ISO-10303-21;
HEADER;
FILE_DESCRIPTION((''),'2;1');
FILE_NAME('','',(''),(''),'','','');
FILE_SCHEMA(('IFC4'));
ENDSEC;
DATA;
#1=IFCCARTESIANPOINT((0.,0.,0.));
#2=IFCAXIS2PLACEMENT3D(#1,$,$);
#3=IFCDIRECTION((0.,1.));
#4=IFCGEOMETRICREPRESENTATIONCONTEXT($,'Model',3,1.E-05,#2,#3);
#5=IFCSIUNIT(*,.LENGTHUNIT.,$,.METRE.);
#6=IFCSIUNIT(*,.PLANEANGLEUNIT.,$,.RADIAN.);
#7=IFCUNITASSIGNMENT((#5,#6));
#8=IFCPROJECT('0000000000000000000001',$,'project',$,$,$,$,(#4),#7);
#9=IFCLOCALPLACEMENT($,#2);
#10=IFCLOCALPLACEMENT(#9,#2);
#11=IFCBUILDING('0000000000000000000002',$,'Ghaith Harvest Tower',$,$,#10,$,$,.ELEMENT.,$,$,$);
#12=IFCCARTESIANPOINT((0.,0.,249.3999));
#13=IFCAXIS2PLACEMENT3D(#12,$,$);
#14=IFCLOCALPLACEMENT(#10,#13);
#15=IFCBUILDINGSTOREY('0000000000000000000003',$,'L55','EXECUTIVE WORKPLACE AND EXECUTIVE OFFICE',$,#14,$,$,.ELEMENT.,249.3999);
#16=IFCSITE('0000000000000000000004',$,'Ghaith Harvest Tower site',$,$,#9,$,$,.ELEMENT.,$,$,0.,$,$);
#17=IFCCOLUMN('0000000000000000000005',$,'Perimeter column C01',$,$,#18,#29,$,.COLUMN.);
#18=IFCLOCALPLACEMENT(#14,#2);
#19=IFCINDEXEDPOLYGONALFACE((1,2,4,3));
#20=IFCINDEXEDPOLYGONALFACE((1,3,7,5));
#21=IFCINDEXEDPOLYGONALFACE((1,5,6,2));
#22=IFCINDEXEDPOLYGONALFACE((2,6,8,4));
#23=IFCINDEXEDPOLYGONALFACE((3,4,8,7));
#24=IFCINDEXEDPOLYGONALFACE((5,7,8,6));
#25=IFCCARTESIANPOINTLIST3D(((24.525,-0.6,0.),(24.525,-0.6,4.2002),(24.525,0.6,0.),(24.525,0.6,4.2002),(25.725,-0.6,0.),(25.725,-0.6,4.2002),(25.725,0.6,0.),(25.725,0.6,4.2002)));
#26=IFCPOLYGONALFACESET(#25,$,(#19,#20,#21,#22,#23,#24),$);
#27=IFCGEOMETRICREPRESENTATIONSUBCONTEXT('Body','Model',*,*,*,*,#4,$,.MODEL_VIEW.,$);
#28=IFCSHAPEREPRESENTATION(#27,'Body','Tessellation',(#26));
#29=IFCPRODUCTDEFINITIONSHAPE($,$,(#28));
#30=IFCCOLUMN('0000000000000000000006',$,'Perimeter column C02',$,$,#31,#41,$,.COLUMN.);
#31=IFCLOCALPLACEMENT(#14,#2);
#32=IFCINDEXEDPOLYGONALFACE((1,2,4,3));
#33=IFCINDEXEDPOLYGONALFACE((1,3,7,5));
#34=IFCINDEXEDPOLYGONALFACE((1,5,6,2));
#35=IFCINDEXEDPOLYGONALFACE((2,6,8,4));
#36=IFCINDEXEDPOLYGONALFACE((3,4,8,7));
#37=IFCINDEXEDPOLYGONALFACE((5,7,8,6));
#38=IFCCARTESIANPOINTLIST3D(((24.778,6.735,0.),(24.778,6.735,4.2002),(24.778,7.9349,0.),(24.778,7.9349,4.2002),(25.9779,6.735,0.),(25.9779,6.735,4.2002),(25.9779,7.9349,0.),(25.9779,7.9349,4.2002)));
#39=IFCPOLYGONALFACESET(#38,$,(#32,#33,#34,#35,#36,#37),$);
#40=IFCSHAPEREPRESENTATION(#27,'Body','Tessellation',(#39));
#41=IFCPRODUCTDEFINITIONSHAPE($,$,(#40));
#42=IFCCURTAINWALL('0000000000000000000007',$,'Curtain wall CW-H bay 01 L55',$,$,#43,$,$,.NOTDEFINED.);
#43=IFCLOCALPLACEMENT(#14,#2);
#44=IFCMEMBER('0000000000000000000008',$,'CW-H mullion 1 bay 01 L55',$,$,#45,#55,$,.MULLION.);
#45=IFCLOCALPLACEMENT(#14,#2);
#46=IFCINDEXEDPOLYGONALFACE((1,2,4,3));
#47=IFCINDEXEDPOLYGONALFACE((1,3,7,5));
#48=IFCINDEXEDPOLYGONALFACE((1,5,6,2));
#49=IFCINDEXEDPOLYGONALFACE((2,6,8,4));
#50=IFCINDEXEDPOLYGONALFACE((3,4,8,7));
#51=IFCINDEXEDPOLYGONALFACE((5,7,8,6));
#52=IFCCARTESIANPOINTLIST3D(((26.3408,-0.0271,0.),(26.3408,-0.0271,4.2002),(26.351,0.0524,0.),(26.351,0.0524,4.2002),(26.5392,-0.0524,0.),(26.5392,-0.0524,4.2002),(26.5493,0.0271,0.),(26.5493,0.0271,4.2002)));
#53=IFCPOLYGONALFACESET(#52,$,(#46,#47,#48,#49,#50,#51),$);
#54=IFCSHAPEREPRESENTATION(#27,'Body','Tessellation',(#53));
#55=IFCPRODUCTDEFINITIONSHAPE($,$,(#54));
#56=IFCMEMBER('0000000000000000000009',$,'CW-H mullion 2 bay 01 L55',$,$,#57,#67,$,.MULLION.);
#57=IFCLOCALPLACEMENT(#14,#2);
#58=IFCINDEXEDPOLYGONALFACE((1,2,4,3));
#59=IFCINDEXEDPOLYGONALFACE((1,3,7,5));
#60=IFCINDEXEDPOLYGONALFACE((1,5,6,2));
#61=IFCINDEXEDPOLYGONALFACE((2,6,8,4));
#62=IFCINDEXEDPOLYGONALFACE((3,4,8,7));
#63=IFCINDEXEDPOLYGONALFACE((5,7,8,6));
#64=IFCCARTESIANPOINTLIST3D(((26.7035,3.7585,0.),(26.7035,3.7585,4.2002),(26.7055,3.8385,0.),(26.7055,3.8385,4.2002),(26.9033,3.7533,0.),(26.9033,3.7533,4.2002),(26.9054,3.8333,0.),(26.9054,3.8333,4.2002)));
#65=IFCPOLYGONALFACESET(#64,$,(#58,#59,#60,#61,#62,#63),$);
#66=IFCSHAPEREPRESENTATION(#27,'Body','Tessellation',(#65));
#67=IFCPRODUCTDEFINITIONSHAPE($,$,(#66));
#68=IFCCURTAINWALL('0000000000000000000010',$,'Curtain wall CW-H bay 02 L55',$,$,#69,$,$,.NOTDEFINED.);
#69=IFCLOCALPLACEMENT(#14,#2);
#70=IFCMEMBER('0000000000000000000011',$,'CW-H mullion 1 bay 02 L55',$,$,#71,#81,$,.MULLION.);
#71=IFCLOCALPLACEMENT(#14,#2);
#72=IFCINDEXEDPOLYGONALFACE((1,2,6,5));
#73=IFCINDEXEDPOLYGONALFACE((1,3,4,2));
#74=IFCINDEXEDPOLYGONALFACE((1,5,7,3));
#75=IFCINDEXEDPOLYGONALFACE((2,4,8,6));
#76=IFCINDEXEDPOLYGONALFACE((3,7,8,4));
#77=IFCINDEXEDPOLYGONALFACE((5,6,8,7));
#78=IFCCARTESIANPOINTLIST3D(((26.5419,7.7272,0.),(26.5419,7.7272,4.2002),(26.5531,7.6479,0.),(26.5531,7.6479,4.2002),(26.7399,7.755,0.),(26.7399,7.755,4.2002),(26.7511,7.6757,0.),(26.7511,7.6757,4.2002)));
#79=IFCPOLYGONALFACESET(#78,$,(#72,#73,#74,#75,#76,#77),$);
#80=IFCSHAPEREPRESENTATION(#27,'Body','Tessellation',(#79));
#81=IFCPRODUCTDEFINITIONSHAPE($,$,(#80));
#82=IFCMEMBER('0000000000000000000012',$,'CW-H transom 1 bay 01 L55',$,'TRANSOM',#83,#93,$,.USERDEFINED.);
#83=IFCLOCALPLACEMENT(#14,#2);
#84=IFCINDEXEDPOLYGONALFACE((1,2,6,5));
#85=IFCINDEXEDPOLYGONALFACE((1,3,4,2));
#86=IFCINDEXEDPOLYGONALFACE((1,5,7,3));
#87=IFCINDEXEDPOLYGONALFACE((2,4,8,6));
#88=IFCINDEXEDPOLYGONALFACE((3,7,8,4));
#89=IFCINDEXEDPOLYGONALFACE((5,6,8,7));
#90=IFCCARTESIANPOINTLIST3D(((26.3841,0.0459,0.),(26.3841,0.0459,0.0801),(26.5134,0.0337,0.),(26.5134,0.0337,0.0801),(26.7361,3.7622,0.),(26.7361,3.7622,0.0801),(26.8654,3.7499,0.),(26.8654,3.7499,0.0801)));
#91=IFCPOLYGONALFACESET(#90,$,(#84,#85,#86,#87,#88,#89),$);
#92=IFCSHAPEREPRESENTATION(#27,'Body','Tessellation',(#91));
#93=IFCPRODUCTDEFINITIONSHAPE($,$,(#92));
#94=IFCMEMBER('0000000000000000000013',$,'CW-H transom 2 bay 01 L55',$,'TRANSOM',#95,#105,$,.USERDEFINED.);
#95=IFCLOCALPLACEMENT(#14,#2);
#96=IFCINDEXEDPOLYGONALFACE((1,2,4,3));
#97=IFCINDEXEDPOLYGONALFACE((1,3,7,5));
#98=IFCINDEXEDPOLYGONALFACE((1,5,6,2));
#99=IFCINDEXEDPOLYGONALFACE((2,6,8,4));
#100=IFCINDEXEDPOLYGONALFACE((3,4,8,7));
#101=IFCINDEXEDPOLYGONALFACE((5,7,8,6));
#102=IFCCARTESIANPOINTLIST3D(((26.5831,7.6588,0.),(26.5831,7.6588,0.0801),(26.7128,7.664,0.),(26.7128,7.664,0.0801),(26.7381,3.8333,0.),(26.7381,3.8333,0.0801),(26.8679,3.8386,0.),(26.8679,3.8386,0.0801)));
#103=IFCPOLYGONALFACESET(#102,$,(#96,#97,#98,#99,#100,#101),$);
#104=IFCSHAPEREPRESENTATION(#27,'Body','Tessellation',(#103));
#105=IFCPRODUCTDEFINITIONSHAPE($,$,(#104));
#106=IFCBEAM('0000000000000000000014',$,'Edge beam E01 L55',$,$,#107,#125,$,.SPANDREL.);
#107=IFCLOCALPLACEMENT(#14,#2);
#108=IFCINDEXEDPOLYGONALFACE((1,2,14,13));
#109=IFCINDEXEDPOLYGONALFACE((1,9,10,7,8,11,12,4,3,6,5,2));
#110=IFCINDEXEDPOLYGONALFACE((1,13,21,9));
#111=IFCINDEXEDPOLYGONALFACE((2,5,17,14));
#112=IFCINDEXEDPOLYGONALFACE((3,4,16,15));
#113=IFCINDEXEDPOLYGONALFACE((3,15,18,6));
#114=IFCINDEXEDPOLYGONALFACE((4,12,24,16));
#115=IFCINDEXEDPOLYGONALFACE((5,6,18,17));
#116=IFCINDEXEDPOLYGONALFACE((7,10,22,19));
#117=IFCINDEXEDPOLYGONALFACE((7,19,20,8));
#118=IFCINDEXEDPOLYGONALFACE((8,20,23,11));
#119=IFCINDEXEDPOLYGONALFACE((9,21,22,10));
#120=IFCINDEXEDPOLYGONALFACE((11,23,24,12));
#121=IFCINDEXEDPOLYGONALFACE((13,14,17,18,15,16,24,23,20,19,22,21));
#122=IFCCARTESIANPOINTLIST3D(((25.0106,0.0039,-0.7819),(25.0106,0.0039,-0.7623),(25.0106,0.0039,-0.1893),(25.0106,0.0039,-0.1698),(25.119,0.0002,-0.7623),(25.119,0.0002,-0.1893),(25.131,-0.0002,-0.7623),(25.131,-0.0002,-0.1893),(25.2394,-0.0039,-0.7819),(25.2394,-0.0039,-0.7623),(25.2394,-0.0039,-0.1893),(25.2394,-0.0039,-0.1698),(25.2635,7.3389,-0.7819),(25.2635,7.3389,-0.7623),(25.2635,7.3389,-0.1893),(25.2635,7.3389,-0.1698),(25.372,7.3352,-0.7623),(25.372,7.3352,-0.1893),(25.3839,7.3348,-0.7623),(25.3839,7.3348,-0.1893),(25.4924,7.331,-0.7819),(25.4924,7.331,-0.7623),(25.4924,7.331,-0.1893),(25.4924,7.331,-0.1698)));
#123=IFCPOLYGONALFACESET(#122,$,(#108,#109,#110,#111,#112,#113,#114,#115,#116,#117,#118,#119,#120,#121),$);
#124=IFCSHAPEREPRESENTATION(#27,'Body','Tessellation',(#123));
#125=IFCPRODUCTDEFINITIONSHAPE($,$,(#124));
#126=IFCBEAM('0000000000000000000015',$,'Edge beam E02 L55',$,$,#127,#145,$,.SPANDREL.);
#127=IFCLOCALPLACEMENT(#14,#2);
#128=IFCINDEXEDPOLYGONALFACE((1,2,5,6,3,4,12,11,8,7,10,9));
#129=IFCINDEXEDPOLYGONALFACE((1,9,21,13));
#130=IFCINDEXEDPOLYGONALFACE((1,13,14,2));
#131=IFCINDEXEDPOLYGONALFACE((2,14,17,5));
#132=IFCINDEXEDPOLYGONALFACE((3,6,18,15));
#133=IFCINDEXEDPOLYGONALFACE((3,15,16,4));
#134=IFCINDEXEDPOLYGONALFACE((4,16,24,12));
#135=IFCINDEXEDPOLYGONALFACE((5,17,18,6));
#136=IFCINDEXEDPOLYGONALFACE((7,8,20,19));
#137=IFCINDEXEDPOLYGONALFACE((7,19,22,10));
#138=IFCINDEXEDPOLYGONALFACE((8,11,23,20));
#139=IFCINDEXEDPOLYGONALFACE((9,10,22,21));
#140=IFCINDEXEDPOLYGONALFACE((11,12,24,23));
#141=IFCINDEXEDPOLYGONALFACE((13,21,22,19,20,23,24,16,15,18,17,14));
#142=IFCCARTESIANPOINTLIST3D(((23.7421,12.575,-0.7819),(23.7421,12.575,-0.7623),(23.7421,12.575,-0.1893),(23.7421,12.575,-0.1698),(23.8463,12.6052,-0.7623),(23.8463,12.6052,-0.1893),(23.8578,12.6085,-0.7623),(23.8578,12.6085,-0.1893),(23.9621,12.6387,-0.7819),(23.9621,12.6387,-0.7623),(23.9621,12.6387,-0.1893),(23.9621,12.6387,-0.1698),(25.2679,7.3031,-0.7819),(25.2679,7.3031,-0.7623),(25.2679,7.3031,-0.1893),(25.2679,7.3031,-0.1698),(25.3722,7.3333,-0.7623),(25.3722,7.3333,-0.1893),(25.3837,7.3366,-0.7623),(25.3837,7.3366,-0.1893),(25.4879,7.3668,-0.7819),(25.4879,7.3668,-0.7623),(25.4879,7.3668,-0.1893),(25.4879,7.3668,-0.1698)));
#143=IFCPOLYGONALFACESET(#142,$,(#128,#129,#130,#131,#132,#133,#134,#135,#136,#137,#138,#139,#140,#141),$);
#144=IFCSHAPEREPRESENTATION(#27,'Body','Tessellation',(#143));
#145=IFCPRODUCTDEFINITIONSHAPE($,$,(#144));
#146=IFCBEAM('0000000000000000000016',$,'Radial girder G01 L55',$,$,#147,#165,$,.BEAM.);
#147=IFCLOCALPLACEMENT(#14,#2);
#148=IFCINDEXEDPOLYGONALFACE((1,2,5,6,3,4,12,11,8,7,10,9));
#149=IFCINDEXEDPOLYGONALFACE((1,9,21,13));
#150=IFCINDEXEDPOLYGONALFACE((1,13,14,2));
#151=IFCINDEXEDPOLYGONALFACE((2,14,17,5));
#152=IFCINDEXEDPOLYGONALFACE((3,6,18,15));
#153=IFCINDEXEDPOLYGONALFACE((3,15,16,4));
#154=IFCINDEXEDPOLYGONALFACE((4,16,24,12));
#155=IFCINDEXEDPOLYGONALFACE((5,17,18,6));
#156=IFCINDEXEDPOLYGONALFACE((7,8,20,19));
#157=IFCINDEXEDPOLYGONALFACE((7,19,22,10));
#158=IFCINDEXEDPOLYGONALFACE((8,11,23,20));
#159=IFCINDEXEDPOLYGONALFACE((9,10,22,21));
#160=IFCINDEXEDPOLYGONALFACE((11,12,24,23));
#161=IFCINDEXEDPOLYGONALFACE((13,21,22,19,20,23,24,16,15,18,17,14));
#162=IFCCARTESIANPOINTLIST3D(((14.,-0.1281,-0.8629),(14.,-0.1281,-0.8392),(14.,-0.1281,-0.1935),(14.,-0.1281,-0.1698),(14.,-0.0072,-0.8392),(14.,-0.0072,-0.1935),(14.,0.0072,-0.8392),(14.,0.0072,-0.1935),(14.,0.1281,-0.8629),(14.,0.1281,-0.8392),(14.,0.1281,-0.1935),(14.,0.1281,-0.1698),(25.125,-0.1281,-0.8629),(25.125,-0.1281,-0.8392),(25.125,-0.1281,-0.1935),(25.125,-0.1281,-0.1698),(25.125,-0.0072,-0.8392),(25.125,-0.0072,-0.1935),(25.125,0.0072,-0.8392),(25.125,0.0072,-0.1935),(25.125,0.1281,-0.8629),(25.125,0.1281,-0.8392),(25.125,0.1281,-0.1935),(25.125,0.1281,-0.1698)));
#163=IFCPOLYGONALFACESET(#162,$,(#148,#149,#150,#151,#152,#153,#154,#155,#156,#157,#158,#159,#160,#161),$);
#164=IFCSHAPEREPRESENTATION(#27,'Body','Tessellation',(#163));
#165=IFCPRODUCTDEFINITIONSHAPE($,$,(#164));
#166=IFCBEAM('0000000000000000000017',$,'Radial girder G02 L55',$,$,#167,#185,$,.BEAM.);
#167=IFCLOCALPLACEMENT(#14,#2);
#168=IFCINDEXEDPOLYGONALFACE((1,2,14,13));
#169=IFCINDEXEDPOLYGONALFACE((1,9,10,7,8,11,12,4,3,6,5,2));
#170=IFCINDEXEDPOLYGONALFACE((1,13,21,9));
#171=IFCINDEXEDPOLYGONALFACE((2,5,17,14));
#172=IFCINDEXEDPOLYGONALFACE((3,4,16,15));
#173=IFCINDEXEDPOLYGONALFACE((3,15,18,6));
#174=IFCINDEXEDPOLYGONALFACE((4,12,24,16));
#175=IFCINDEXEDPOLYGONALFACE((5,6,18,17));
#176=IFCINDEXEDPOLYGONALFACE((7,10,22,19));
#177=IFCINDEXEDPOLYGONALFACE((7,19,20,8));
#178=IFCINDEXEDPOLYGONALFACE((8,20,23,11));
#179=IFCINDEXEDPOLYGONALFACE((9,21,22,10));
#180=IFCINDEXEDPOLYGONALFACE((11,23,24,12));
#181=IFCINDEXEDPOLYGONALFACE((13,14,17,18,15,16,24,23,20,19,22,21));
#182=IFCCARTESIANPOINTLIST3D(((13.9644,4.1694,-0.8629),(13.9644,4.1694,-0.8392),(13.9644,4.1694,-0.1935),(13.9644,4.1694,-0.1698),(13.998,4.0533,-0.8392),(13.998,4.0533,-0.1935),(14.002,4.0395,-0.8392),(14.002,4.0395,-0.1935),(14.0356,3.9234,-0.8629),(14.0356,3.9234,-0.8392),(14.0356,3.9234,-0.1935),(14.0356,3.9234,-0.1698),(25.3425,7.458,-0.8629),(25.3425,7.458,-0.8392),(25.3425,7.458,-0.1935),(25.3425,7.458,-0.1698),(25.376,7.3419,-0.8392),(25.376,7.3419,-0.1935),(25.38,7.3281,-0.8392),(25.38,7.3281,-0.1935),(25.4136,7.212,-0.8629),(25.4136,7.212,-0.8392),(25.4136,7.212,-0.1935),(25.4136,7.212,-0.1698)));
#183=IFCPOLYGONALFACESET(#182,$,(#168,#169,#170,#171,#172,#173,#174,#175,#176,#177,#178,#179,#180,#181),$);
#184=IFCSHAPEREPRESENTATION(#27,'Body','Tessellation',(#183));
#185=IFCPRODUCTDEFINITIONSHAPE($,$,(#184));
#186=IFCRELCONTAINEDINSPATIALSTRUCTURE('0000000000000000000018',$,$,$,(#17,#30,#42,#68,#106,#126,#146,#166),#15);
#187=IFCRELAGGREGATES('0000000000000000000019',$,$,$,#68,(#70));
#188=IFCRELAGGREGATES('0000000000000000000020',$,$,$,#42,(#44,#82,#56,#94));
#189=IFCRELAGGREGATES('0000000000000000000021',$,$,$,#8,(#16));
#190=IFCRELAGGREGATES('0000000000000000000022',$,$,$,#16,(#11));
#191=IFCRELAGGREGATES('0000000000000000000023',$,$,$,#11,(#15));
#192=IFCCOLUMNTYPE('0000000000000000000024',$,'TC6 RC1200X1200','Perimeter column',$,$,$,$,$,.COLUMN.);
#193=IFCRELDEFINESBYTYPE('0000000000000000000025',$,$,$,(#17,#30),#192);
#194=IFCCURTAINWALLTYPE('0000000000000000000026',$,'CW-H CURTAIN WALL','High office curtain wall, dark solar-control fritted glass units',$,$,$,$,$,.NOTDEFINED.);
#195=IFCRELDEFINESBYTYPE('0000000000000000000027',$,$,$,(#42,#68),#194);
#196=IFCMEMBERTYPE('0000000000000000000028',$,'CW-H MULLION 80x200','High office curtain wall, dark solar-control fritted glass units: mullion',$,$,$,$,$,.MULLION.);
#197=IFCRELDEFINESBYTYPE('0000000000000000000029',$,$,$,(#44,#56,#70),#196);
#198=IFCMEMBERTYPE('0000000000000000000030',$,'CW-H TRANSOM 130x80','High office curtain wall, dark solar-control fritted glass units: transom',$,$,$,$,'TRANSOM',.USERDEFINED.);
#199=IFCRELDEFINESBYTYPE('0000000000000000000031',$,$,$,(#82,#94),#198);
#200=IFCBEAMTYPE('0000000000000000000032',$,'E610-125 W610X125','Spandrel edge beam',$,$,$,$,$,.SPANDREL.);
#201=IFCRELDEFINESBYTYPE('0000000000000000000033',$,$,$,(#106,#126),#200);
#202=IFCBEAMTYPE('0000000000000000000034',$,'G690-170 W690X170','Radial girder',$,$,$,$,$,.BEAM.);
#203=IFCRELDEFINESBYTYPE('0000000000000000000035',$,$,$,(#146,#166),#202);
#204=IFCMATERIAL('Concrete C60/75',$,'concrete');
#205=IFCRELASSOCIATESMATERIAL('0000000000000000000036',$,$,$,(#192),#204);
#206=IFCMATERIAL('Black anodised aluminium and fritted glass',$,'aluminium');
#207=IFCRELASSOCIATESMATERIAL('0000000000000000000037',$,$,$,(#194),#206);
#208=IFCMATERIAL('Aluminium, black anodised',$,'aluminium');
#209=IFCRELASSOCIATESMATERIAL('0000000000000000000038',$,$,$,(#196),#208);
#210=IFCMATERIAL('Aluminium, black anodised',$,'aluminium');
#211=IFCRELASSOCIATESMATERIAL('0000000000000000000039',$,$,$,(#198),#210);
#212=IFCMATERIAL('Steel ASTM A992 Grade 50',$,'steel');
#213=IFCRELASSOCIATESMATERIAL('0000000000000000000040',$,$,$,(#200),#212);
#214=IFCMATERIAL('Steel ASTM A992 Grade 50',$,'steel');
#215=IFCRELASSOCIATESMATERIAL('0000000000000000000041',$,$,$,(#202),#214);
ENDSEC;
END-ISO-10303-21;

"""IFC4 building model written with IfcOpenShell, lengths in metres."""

from ifc_helpers import new_model, si_unit, direction, frame, origin, origin_2d, place, context, subcontext, project, spatial, rectangle, i_section, extrude, material, material_profile, profile_set, type_object, element, aggregate, save


model = new_model("IFC4")

# Units and contexts
model_context = context("Model", 3, precision=1e-05, world=origin(), true_north=direction((0.0, 1.0)))
body_context = subcontext(model_context, "Body", "Model", "MODEL_VIEW")
ifc_project = project(units=[si_unit("LENGTHUNIT", "METRE"), si_unit("PLANEANGLEUNIT", "RADIAN")], contexts=[model_context])

# Site, building, storey
site_placement = place(None, origin())
site = spatial("IfcSite", under=ifc_project, at=site_placement, Name="Ghaith Harvest Tower site", CompositionType="ELEMENT", RefElevation=0.0)
building_placement = place(site_placement, origin())
building = spatial("IfcBuilding", under=site, at=building_placement, Name="Ghaith Harvest Tower", CompositionType="ELEMENT")
storey_placement = place(building_placement, frame((0.0, 0.0, 249.3999)))
storey = spatial("IfcBuildingStorey", under=building, at=storey_placement, Name="L55", Description="EXECUTIVE WORKPLACE AND EXECUTIVE OFFICE", CompositionType="ELEMENT", Elevation=249.3999)

# Columns
ifc_material_1 = material(Name="Concrete C60/75", Category="concrete")
ifc_material_profile_1 = material_profile(ifc_material_1, rectangle(XDim=1.2, YDim=1.2, at=origin_2d()), Name="RC1200X1200")
ifc_profile_set_1 = profile_set([ifc_material_profile_1], Name="Concrete C60/75")
column_type = type_object("IfcColumnType", Name="TC6 RC1200X1200", Description="Perimeter column", PredefinedType="COLUMN", material=ifc_profile_set_1)
for number, where, z_axis, x_axis, name in (
    (1, (25.125, 0.0, 0.0), (0.0, 0.0, 1.0), (1.0, 0.0, 0.0), "Perimeter column C01"),
    (2, (25.3779, 7.335, 0.0), (0.0, 0.0, 1.0), (1.0, 0.0, 0.0), "Perimeter column C02"),
):
    element("IfcColumn", number, at=place(storey_placement, frame(where, z_axis=z_axis, x_axis=x_axis)), inside=storey, type_object=column_type, Name=name, PredefinedType="COLUMN", context=body_context, shape_type="SweptSolid", body=[
        extrude(rectangle(XDim=1.2, YDim=1.2, at=origin_2d()), origin(), (0.0, 0.0, 1.0), 4.2002),
    ])

# Curtain wall, members
ifc_material_2 = material(Name="Black anodised aluminium and fritted glass", Category="aluminium")
curtain_wall_type = type_object("IfcCurtainWallType", Name="CW-H CURTAIN WALL", Description="High office curtain wall, dark solar-control fritted glass units", PredefinedType="NOTDEFINED", material=ifc_material_2)
curtain_wall_1_placement = place(storey_placement, origin())
curtain_wall_1 = element("IfcCurtainWall", 3, at=curtain_wall_1_placement, inside=storey, type_object=curtain_wall_type, Name="Curtain wall CW-H bay 01 L55", PredefinedType="NOTDEFINED")
ifc_material_3 = material(Name="Aluminium, black anodised", Category="aluminium")
ifc_material_profile_2 = material_profile(ifc_material_3, rectangle(XDim=0.0801, YDim=0.2, at=origin_2d()), Name="CW-H MULLION 80x200")
ifc_profile_set_2 = profile_set([ifc_material_profile_2], Name="Aluminium, black anodised")
member_type_1 = type_object("IfcMemberType", Name="CW-H MULLION 80x200", Description="High office curtain wall, dark solar-control fritted glass units: mullion", PredefinedType="MULLION", material=ifc_profile_set_2)
member_1_placement = place(storey_placement, frame((26.4451, 0.0, 0.0), z_axis=(0.0, 0.0, 1.0), x_axis=(0.126568, 0.991958, 0.0)))
member_1 = element("IfcMember", 4, at=member_1_placement, type_object=member_type_1, Name="CW-H mullion 1 bay 01 L55", PredefinedType="MULLION", context=body_context, shape_type="SweptSolid", body=[
    extrude(rectangle(XDim=0.0801, YDim=0.2, at=origin_2d()), origin(), (0.0, 0.0, 1.0), 4.2002),
])
member_2_placement = place(storey_placement, frame((26.8044, 3.7959, 0.0), z_axis=(0.0, 0.0, 1.0), x_axis=(0.026143, 0.999658, 0.0)))
member_2 = element("IfcMember", 5, at=member_2_placement, type_object=member_type_1, Name="CW-H mullion 2 bay 01 L55", PredefinedType="MULLION", context=body_context, shape_type="SweptSolid", body=[
    extrude(rectangle(XDim=0.0801, YDim=0.2, at=origin_2d()), origin(), (0.0, 0.0, 1.0), 4.2002),
])

# Curtain wall, member
curtain_wall_2_placement = place(storey_placement, origin())
curtain_wall_2 = element("IfcCurtainWall", 6, at=curtain_wall_2_placement, inside=storey, type_object=curtain_wall_type, Name="Curtain wall CW-H bay 02 L55", PredefinedType="NOTDEFINED")
member_3_placement = place(storey_placement, frame((26.6465, 7.7014, 0.0), z_axis=(0.0, 0.0, 1.0), x_axis=(-0.139146, 0.990272, 0.0)))
member_3 = element("IfcMember", 7, at=member_3_placement, type_object=member_type_1, Name="CW-H mullion 1 bay 02 L55", PredefinedType="MULLION", context=body_context, shape_type="SweptSolid", body=[
    extrude(rectangle(XDim=0.0801, YDim=0.2, at=origin_2d()), origin(), (0.0, 0.0, 1.0), 4.2002),
])
aggregate(curtain_wall_2, [member_3])

# Members
ifc_material_4 = material(Name="Aluminium, black anodised", Category="aluminium")
ifc_material_profile_3 = material_profile(ifc_material_4, rectangle(XDim=0.1299, YDim=0.0801, at=origin_2d()), Name="CW-H TRANSOM 130x80")
ifc_profile_set_3 = profile_set([ifc_material_profile_3], Name="Aluminium, black anodised")
member_type_2 = type_object("IfcMemberType", Name="CW-H TRANSOM 130x80", Description="High office curtain wall, dark solar-control fritted glass units: transom", ElementType="TRANSOM", PredefinedType="USERDEFINED", material=ifc_profile_set_3)
member_4_placement = place(storey_placement, frame((26.4487, 0.0398, 0.04), z_axis=(0.094309, 0.995543, 0.0), x_axis=(-0.995543, 0.094309, 0.0)))
member_4 = element("IfcMember", 8, at=member_4_placement, type_object=member_type_2, Name="CW-H transom 1 bay 01 L55", ObjectType="TRANSOM", PredefinedType="USERDEFINED", context=body_context, shape_type="SweptSolid", body=[
    extrude(rectangle(XDim=0.1299, YDim=0.0801, at=origin_2d()), origin(), (0.0, 0.0, 1.0), 3.7329),
])
member_5_placement = place(storey_placement, frame((26.803, 3.8359, 0.04), z_axis=(-0.040493, 0.99918, 0.0), x_axis=(-0.99918, -0.040493, 0.0)))
member_5 = element("IfcMember", 9, at=member_5_placement, type_object=member_type_2, Name="CW-H transom 2 bay 01 L55", ObjectType="TRANSOM", PredefinedType="USERDEFINED", context=body_context, shape_type="SweptSolid", body=[
    extrude(rectangle(XDim=0.1299, YDim=0.0801, at=origin_2d()), origin(), (0.0, 0.0, 1.0), 3.8286),
])

# Beams
ifc_material_5 = material(Name="Steel ASTM A992 Grade 50", Category="steel")
ifc_material_profile_4 = material_profile(ifc_material_5, i_section(OverallWidth=0.229, OverallDepth=0.6121, WebThickness=0.012, FlangeThickness=0.0195, at=origin_2d()), Name="W610X125")
ifc_profile_set_4 = profile_set([ifc_material_profile_4], Name="Steel ASTM A992 Grade 50")
beam_type_1 = type_object("IfcBeamType", Name="E610-125 W610X125", Description="Spandrel edge beam", PredefinedType="SPANDREL", material=ifc_profile_set_4)
beam_1_placement = place(storey_placement, frame((25.125, 0.0, -0.4758), z_axis=(0.034462, 0.999406, 0.0), x_axis=(-0.999406, 0.034462, 0.0)))
element("IfcBeam", 10, at=beam_1_placement, inside=storey, type_object=beam_type_1, Name="Edge beam E01 L55", PredefinedType="SPANDREL", context=body_context, shape_type="SweptSolid", body=[
    extrude(i_section(OverallWidth=0.229, OverallDepth=0.6121, WebThickness=0.012, FlangeThickness=0.0195, at=origin_2d()), origin(), (0.0, 0.0, 1.0), 7.3394),
])
beam_2_placement = place(storey_placement, frame((25.3779, 7.335, -0.4758), z_axis=(-0.278021, 0.960575, 0.0), x_axis=(-0.960575, -0.278021, 0.0)))
element("IfcBeam", 11, at=beam_2_placement, inside=storey, type_object=beam_type_1, Name="Edge beam E02 L55", PredefinedType="SPANDREL", context=body_context, shape_type="SweptSolid", body=[
    extrude(i_section(OverallWidth=0.229, OverallDepth=0.6121, WebThickness=0.012, FlangeThickness=0.0195, at=origin_2d()), origin(), (0.0, 0.0, 1.0), 5.4883),
])
ifc_material_6 = material(Name="Steel ASTM A992 Grade 50", Category="steel")
ifc_material_profile_5 = material_profile(ifc_material_6, i_section(OverallWidth=0.2561, OverallDepth=0.6931, WebThickness=0.0144, FlangeThickness=0.0237, at=origin_2d()), Name="W690X170")
ifc_profile_set_5 = profile_set([ifc_material_profile_5], Name="Steel ASTM A992 Grade 50")
beam_type_2 = type_object("IfcBeamType", Name="G690-170 W690X170", Description="Radial girder", PredefinedType="BEAM", material=ifc_profile_set_5)
beam_3_placement = place(storey_placement, frame((14.0, 0.0, -0.5164), z_axis=(1.0, 0.0, 0.0), x_axis=(0.0, 1.0, 0.0)))
element("IfcBeam", 12, at=beam_3_placement, inside=storey, type_object=beam_type_2, Name="Radial girder G01 L55", PredefinedType="BEAM", context=body_context, shape_type="SweptSolid", body=[
    extrude(i_section(OverallWidth=0.2561, OverallDepth=0.6931, WebThickness=0.0144, FlangeThickness=0.0237, at=origin_2d()), origin(), (0.0, 0.0, 1.0), 11.125),
])
beam_4_placement = place(storey_placement, frame((14.0, 4.0464, -0.5164), z_axis=(0.960678, 0.277666, 0.0), x_axis=(-0.277666, 0.960678, 0.0)))
element("IfcBeam", 13, at=beam_4_placement, inside=storey, type_object=beam_type_2, Name="Radial girder G02 L55", PredefinedType="BEAM", context=body_context, shape_type="SweptSolid", body=[
    extrude(i_section(OverallWidth=0.2561, OverallDepth=0.6931, WebThickness=0.0144, FlangeThickness=0.0237, at=origin_2d()), origin(), (0.0, 0.0, 1.0), 11.8438),
])

aggregate(curtain_wall_1, [member_1, member_4, member_2, member_5])

save(model, "model.ifc")
